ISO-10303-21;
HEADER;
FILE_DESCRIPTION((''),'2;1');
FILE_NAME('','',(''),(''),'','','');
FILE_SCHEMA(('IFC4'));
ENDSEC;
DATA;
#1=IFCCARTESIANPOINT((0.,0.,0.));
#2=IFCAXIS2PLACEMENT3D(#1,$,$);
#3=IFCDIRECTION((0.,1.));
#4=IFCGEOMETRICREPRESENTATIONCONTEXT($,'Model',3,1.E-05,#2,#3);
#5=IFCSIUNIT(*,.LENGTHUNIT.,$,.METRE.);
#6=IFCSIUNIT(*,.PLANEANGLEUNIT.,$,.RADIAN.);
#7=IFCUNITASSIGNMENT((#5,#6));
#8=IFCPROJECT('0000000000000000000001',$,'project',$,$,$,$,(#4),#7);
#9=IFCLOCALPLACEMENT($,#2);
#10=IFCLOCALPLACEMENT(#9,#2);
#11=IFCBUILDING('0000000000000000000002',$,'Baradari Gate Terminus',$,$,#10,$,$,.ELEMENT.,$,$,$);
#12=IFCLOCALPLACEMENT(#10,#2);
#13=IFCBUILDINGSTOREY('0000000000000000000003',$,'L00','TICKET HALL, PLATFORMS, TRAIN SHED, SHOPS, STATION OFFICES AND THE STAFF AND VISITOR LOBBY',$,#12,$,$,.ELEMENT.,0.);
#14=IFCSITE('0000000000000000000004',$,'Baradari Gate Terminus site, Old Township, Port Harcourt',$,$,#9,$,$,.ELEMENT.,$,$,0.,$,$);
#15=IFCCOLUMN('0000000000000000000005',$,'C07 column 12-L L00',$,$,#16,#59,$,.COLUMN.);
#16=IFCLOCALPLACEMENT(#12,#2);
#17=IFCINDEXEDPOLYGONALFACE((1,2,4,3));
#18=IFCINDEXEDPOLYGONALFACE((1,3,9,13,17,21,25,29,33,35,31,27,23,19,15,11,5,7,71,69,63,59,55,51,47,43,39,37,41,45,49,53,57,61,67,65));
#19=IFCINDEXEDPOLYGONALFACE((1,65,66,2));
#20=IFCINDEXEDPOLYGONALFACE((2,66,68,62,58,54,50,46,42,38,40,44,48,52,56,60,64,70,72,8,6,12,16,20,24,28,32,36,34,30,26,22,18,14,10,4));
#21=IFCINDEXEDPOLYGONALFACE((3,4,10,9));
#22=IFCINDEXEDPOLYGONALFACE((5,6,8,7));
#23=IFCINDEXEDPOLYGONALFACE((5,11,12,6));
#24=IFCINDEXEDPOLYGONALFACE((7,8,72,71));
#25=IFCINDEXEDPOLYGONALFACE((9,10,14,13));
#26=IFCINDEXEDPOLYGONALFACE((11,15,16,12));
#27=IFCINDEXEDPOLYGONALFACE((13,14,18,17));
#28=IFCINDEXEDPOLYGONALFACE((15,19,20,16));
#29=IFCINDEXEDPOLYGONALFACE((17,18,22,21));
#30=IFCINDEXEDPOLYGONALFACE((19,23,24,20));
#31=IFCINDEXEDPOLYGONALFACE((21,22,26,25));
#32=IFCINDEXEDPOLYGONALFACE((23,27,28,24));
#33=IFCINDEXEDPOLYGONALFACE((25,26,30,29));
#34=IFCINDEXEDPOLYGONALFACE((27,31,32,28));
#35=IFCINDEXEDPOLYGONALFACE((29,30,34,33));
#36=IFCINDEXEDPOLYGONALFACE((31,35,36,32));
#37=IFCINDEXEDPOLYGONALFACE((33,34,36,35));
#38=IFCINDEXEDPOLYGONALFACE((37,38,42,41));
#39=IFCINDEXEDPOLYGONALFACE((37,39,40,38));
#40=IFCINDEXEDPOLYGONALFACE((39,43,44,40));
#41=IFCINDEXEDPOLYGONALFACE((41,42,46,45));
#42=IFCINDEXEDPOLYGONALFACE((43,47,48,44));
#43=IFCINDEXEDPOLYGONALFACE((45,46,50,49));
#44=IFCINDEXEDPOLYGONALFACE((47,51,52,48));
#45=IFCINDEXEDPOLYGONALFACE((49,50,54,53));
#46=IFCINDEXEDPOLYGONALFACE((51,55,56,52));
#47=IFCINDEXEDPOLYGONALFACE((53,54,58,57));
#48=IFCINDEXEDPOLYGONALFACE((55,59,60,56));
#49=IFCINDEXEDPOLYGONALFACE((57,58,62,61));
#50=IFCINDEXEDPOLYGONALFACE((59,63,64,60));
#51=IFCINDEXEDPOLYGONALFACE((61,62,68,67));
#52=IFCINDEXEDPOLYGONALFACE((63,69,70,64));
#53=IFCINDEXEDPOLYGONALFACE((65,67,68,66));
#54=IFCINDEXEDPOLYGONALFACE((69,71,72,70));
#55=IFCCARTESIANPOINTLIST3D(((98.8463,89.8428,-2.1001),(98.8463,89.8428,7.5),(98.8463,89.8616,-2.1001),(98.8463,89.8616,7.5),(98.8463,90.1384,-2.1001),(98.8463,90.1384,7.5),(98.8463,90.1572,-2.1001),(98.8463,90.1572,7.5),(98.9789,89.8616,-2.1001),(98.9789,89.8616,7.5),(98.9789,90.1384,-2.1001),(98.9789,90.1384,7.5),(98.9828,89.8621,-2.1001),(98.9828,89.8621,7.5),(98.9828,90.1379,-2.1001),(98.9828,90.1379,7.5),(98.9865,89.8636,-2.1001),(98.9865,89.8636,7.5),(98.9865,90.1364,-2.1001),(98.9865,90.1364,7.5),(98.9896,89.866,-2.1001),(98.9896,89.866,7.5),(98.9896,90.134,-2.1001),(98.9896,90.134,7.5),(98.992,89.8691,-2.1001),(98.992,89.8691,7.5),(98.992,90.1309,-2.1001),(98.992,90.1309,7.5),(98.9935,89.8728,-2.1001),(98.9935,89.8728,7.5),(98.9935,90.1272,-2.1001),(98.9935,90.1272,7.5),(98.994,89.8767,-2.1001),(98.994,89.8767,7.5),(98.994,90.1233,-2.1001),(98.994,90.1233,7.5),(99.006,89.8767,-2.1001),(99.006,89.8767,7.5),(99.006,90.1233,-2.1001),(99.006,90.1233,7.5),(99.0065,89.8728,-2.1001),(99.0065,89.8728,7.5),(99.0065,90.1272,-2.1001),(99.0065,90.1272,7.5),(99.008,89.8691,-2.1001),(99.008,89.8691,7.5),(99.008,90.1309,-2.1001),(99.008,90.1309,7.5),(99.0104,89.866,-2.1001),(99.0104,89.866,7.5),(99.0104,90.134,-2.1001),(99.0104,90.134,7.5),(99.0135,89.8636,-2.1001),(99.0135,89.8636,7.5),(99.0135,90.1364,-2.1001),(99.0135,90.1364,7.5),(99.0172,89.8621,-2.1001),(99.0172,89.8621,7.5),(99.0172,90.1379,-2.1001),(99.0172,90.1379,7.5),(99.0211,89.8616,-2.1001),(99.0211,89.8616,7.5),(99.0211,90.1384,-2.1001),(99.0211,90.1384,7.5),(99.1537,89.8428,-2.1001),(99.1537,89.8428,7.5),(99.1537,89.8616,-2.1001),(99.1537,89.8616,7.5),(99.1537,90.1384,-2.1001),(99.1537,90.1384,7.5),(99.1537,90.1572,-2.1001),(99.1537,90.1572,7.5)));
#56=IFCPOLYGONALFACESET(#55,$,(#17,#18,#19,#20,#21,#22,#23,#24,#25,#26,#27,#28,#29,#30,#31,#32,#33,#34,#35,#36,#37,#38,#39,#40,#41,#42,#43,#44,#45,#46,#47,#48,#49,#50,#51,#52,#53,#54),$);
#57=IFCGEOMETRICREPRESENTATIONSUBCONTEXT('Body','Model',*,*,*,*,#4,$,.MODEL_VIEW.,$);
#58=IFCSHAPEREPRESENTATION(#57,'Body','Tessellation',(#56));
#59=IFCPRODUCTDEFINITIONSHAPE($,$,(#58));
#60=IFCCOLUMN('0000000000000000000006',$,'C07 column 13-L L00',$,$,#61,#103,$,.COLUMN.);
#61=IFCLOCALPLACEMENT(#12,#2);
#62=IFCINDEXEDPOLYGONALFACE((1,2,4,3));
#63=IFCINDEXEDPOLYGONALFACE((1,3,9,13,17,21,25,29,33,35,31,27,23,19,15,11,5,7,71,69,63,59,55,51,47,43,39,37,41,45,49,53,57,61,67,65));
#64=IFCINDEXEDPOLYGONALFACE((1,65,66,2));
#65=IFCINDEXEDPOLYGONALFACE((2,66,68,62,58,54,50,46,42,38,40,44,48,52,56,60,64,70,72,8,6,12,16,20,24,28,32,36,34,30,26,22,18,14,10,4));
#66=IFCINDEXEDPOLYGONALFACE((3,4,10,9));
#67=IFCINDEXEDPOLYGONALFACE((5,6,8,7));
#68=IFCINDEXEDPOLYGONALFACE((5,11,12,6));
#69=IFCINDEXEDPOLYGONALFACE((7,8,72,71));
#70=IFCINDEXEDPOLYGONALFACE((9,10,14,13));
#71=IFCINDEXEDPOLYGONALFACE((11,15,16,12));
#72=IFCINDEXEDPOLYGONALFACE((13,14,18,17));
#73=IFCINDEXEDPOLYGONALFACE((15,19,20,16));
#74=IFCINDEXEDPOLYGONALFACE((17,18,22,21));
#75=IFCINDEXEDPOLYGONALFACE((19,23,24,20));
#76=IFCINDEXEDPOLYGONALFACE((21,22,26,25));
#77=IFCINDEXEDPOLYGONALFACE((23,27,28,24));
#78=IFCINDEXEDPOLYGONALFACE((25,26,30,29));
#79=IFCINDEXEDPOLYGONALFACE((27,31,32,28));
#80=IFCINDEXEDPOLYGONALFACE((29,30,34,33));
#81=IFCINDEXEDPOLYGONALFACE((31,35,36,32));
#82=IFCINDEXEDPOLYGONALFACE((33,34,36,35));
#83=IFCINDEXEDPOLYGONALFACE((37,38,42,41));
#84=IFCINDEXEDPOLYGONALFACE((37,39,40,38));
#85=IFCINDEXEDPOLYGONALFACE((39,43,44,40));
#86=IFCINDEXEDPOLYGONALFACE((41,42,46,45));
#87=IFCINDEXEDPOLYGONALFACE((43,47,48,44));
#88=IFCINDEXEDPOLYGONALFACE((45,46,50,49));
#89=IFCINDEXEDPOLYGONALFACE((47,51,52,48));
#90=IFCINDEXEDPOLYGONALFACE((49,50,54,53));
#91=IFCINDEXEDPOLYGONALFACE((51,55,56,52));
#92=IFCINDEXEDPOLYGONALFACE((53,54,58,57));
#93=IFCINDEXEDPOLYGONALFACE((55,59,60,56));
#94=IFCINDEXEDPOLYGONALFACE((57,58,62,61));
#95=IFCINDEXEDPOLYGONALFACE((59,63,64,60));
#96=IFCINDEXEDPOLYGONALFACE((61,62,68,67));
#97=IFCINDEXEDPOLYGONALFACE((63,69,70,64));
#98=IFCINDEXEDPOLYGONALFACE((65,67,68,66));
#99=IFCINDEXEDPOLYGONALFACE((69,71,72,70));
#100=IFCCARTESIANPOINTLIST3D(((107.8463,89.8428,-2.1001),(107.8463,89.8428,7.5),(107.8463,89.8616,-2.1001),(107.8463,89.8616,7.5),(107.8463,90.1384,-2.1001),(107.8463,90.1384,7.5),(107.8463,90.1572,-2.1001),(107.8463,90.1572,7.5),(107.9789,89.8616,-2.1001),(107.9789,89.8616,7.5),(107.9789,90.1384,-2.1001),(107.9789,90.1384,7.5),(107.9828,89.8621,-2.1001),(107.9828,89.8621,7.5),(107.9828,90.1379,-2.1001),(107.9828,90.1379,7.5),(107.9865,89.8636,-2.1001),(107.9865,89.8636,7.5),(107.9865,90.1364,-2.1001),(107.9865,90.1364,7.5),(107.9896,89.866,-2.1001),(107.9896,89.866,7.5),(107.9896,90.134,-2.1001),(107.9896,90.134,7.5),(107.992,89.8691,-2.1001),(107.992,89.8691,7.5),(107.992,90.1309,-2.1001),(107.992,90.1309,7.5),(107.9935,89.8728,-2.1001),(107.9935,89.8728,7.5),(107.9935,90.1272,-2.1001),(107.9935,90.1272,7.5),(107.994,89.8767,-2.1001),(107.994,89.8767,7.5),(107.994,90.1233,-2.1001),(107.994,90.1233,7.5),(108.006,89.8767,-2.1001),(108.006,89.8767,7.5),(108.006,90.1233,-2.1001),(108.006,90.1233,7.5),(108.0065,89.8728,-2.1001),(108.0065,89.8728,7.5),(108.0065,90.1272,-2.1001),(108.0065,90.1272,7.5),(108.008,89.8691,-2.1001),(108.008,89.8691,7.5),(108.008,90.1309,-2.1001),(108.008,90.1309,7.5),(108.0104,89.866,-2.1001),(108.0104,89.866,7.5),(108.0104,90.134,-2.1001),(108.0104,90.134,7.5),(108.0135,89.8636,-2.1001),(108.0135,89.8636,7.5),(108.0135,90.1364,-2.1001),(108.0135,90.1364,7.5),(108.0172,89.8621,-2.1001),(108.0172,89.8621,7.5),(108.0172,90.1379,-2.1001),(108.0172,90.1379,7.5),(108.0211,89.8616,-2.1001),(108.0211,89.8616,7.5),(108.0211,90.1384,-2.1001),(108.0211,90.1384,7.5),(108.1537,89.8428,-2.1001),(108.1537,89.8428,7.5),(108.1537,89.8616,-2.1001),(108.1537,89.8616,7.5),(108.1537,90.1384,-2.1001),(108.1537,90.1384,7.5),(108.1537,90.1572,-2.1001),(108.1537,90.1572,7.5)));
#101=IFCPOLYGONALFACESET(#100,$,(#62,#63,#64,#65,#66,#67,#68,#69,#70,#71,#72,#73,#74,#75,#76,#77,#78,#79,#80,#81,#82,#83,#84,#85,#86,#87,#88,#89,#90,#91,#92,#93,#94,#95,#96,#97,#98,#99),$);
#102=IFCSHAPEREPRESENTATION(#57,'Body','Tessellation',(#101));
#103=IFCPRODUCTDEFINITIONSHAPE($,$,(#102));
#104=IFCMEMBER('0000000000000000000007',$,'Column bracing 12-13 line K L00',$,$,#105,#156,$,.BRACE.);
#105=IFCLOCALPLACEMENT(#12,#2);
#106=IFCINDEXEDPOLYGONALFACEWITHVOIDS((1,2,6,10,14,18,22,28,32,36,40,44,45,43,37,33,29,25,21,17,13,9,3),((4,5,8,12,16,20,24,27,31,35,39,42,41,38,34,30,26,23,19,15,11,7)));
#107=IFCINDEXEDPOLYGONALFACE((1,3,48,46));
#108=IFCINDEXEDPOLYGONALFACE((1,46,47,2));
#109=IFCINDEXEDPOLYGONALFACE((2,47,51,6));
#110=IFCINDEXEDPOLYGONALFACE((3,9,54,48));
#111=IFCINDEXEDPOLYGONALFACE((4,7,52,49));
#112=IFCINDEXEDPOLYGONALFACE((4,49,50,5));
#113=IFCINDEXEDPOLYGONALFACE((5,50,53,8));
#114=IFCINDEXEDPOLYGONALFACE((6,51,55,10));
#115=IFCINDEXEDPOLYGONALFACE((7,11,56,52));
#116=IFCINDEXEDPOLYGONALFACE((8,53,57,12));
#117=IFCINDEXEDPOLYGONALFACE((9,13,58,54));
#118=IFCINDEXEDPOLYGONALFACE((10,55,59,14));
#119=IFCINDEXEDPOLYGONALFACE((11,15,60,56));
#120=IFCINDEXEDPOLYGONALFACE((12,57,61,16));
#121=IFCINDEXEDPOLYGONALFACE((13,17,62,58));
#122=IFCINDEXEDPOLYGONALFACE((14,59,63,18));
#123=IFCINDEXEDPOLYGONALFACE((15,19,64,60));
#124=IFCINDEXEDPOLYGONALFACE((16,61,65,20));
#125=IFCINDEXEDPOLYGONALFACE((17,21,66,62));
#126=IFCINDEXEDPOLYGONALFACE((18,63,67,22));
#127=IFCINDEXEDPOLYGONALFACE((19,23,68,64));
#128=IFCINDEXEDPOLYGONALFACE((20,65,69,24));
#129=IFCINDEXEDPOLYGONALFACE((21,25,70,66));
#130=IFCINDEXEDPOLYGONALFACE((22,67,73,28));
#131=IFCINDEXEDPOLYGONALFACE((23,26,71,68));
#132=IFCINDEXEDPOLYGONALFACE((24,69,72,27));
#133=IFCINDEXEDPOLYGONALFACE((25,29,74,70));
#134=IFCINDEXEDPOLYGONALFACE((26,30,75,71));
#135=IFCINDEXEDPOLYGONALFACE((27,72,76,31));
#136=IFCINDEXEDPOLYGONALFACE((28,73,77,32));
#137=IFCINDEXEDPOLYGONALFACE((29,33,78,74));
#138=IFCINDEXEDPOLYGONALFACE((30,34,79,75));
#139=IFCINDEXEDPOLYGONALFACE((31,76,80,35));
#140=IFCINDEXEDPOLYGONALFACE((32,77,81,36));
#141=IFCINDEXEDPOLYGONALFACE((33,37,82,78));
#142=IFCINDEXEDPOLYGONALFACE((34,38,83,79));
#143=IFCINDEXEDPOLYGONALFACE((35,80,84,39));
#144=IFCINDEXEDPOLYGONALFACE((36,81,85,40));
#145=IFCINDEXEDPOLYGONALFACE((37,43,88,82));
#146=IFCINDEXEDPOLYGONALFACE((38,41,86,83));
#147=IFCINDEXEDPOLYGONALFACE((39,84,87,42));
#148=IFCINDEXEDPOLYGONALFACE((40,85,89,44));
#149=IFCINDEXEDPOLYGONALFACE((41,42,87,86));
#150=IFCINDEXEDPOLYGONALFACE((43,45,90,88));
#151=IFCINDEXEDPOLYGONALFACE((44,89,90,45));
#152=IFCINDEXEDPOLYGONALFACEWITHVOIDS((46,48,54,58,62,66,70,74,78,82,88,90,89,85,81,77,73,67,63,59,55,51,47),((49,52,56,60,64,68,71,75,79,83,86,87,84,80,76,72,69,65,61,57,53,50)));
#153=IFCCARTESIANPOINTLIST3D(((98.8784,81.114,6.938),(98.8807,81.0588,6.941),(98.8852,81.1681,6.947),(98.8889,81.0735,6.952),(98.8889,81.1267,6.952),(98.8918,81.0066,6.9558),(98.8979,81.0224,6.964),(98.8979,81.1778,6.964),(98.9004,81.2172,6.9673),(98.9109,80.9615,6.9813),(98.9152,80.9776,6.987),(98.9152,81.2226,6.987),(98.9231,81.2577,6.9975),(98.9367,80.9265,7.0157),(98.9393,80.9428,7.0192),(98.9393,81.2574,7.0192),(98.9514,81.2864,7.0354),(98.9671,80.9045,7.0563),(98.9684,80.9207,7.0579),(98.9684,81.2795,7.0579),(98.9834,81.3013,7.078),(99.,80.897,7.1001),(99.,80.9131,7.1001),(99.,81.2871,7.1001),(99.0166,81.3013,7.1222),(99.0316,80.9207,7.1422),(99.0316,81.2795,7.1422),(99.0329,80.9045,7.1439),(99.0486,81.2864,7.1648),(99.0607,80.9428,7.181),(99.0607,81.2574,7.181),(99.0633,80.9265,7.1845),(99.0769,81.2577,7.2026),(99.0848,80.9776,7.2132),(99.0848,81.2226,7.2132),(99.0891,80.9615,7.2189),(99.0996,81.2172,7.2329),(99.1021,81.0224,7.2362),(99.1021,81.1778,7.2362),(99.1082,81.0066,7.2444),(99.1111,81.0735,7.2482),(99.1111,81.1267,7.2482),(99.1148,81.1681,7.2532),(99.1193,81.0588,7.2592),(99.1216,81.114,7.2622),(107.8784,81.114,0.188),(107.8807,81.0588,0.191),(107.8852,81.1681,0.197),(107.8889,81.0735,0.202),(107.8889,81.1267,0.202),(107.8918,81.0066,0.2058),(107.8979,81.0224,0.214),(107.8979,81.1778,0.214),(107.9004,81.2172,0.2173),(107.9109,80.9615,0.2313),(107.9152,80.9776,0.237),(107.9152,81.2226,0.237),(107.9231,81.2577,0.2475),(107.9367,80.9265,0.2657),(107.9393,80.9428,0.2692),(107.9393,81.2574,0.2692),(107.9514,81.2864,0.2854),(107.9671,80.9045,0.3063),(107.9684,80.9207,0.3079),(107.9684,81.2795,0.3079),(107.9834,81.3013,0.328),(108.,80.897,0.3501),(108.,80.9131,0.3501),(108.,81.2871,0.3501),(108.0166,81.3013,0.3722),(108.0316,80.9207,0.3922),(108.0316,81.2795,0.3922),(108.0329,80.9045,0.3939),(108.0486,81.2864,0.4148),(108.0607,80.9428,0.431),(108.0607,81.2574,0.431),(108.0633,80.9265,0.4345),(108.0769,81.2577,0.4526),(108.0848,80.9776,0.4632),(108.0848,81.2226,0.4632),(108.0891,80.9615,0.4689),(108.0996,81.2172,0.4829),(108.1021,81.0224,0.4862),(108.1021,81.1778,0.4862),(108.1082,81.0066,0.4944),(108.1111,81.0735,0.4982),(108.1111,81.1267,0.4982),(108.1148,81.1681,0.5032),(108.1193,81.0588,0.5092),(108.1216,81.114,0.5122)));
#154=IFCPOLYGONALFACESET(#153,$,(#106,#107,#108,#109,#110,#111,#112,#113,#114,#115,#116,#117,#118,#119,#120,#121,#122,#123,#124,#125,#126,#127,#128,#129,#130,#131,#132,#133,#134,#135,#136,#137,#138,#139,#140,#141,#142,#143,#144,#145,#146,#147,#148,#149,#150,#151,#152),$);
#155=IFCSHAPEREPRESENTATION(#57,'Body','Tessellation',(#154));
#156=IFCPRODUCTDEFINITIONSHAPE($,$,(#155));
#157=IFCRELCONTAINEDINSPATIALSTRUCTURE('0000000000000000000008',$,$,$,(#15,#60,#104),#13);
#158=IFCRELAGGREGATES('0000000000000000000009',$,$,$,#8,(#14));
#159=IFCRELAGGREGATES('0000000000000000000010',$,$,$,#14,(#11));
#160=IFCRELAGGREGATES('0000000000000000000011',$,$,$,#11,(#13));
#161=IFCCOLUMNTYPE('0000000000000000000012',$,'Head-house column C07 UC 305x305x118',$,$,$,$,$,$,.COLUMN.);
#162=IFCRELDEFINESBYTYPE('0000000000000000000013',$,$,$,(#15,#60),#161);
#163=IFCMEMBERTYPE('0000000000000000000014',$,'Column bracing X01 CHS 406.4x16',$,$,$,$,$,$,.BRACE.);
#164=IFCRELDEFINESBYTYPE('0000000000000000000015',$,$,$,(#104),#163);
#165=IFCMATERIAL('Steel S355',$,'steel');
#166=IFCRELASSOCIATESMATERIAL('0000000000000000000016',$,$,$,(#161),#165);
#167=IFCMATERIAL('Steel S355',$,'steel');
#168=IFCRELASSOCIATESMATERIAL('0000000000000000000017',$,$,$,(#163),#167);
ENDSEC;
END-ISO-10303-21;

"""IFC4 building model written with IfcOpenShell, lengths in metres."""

from ifc_helpers import new_model, si_unit, direction, frame, origin, origin_2d, place, context, subcontext, project, spatial, hollow_circle, i_section, extrude, material, material_profile, profile_set, type_object, element, save


model = new_model("IFC4")

# Units and contexts
model_context = context("Model", 3, precision=1e-05, world=origin(), true_north=direction((0.0, 1.0)))
body_context = subcontext(model_context, "Body", "Model", "MODEL_VIEW")
ifc_project = project(units=[si_unit("LENGTHUNIT", "METRE"), si_unit("PLANEANGLEUNIT", "RADIAN")], contexts=[model_context])

# Site, building, storey
site_placement = place(None, origin())
site = spatial("IfcSite", under=ifc_project, at=site_placement, Name="Baradari Gate Terminus site, Old Township, Port Harcourt", CompositionType="ELEMENT", RefElevation=0.0)
building_placement = place(site_placement, origin())
building = spatial("IfcBuilding", under=site, at=building_placement, Name="Baradari Gate Terminus", CompositionType="ELEMENT")
storey_placement = place(building_placement, origin())
storey = spatial("IfcBuildingStorey", under=building, at=storey_placement, Name="L00", Description="TICKET HALL, PLATFORMS, TRAIN SHED, SHOPS, STATION OFFICES AND THE STAFF AND VISITOR LOBBY", CompositionType="ELEMENT", Elevation=0.0)

# Columns
ifc_material_1 = material(Name="Steel S355", Category="steel")
ifc_material_profile_1 = material_profile(ifc_material_1, i_section(OverallWidth=0.3074, OverallDepth=0.3145, WebThickness=0.012, FlangeThickness=0.0188, FilletRadius=0.0151, at=origin_2d()), Name="UC 305x305x118")
ifc_profile_set_1 = profile_set([ifc_material_profile_1], Name="Steel S355")
column_type = type_object("IfcColumnType", Name="Head-house column C07 UC 305x305x118", PredefinedType="COLUMN", material=ifc_profile_set_1)
for number, where, z_axis, x_axis, name in (
    (1, (99.0, 90.0, -2.1001), (0.0, 0.0, 1.0), (1.0, 0.0, 0.0), "C07 column 12-L L00"),
    (2, (108.0, 90.0, -2.1001), (0.0, 0.0, 1.0), (1.0, 0.0, 0.0), "C07 column 13-L L00"),
):
    element("IfcColumn", number, at=place(storey_placement, frame(where, z_axis=z_axis, x_axis=x_axis)), inside=storey, type_object=column_type, Name=name, PredefinedType="COLUMN", context=body_context, shape_type="SweptSolid", body=[
        extrude(i_section(OverallWidth=0.3074, OverallDepth=0.3145, WebThickness=0.012, FlangeThickness=0.0188, FilletRadius=0.0151, at=origin_2d()), origin(), (0.0, 0.0, 1.0), 9.6001),
    ])

# Member
ifc_material_2 = material(Name="Steel S355", Category="steel")
ifc_material_profile_2 = material_profile(ifc_material_2, hollow_circle(Radius=0.2031, WallThickness=0.0161, at=origin_2d()), Name="CHS 406.4x16")
ifc_profile_set_2 = profile_set([ifc_material_profile_2], Name="Steel S355")
member_type = type_object("IfcMemberType", Name="Column bracing X01 CHS 406.4x16", PredefinedType="BRACE", material=ifc_profile_set_2)
member_placement = place(storey_placement, frame((108.0, 81.1001, 0.3501), z_axis=(-0.8, 0.0, 0.6), x_axis=(0.0, -1.0, 0.0)))
element("IfcMember", 3, at=member_placement, inside=storey, type_object=member_type, Name="Column bracing 12-13 line K L00", PredefinedType="BRACE", context=body_context, shape_type="SweptSolid", body=[
    extrude(hollow_circle(Radius=0.2031, WallThickness=0.0161, at=origin_2d()), origin(), (0.0, 0.0, 1.0), 11.25),
])

save(model, "model.ifc")
